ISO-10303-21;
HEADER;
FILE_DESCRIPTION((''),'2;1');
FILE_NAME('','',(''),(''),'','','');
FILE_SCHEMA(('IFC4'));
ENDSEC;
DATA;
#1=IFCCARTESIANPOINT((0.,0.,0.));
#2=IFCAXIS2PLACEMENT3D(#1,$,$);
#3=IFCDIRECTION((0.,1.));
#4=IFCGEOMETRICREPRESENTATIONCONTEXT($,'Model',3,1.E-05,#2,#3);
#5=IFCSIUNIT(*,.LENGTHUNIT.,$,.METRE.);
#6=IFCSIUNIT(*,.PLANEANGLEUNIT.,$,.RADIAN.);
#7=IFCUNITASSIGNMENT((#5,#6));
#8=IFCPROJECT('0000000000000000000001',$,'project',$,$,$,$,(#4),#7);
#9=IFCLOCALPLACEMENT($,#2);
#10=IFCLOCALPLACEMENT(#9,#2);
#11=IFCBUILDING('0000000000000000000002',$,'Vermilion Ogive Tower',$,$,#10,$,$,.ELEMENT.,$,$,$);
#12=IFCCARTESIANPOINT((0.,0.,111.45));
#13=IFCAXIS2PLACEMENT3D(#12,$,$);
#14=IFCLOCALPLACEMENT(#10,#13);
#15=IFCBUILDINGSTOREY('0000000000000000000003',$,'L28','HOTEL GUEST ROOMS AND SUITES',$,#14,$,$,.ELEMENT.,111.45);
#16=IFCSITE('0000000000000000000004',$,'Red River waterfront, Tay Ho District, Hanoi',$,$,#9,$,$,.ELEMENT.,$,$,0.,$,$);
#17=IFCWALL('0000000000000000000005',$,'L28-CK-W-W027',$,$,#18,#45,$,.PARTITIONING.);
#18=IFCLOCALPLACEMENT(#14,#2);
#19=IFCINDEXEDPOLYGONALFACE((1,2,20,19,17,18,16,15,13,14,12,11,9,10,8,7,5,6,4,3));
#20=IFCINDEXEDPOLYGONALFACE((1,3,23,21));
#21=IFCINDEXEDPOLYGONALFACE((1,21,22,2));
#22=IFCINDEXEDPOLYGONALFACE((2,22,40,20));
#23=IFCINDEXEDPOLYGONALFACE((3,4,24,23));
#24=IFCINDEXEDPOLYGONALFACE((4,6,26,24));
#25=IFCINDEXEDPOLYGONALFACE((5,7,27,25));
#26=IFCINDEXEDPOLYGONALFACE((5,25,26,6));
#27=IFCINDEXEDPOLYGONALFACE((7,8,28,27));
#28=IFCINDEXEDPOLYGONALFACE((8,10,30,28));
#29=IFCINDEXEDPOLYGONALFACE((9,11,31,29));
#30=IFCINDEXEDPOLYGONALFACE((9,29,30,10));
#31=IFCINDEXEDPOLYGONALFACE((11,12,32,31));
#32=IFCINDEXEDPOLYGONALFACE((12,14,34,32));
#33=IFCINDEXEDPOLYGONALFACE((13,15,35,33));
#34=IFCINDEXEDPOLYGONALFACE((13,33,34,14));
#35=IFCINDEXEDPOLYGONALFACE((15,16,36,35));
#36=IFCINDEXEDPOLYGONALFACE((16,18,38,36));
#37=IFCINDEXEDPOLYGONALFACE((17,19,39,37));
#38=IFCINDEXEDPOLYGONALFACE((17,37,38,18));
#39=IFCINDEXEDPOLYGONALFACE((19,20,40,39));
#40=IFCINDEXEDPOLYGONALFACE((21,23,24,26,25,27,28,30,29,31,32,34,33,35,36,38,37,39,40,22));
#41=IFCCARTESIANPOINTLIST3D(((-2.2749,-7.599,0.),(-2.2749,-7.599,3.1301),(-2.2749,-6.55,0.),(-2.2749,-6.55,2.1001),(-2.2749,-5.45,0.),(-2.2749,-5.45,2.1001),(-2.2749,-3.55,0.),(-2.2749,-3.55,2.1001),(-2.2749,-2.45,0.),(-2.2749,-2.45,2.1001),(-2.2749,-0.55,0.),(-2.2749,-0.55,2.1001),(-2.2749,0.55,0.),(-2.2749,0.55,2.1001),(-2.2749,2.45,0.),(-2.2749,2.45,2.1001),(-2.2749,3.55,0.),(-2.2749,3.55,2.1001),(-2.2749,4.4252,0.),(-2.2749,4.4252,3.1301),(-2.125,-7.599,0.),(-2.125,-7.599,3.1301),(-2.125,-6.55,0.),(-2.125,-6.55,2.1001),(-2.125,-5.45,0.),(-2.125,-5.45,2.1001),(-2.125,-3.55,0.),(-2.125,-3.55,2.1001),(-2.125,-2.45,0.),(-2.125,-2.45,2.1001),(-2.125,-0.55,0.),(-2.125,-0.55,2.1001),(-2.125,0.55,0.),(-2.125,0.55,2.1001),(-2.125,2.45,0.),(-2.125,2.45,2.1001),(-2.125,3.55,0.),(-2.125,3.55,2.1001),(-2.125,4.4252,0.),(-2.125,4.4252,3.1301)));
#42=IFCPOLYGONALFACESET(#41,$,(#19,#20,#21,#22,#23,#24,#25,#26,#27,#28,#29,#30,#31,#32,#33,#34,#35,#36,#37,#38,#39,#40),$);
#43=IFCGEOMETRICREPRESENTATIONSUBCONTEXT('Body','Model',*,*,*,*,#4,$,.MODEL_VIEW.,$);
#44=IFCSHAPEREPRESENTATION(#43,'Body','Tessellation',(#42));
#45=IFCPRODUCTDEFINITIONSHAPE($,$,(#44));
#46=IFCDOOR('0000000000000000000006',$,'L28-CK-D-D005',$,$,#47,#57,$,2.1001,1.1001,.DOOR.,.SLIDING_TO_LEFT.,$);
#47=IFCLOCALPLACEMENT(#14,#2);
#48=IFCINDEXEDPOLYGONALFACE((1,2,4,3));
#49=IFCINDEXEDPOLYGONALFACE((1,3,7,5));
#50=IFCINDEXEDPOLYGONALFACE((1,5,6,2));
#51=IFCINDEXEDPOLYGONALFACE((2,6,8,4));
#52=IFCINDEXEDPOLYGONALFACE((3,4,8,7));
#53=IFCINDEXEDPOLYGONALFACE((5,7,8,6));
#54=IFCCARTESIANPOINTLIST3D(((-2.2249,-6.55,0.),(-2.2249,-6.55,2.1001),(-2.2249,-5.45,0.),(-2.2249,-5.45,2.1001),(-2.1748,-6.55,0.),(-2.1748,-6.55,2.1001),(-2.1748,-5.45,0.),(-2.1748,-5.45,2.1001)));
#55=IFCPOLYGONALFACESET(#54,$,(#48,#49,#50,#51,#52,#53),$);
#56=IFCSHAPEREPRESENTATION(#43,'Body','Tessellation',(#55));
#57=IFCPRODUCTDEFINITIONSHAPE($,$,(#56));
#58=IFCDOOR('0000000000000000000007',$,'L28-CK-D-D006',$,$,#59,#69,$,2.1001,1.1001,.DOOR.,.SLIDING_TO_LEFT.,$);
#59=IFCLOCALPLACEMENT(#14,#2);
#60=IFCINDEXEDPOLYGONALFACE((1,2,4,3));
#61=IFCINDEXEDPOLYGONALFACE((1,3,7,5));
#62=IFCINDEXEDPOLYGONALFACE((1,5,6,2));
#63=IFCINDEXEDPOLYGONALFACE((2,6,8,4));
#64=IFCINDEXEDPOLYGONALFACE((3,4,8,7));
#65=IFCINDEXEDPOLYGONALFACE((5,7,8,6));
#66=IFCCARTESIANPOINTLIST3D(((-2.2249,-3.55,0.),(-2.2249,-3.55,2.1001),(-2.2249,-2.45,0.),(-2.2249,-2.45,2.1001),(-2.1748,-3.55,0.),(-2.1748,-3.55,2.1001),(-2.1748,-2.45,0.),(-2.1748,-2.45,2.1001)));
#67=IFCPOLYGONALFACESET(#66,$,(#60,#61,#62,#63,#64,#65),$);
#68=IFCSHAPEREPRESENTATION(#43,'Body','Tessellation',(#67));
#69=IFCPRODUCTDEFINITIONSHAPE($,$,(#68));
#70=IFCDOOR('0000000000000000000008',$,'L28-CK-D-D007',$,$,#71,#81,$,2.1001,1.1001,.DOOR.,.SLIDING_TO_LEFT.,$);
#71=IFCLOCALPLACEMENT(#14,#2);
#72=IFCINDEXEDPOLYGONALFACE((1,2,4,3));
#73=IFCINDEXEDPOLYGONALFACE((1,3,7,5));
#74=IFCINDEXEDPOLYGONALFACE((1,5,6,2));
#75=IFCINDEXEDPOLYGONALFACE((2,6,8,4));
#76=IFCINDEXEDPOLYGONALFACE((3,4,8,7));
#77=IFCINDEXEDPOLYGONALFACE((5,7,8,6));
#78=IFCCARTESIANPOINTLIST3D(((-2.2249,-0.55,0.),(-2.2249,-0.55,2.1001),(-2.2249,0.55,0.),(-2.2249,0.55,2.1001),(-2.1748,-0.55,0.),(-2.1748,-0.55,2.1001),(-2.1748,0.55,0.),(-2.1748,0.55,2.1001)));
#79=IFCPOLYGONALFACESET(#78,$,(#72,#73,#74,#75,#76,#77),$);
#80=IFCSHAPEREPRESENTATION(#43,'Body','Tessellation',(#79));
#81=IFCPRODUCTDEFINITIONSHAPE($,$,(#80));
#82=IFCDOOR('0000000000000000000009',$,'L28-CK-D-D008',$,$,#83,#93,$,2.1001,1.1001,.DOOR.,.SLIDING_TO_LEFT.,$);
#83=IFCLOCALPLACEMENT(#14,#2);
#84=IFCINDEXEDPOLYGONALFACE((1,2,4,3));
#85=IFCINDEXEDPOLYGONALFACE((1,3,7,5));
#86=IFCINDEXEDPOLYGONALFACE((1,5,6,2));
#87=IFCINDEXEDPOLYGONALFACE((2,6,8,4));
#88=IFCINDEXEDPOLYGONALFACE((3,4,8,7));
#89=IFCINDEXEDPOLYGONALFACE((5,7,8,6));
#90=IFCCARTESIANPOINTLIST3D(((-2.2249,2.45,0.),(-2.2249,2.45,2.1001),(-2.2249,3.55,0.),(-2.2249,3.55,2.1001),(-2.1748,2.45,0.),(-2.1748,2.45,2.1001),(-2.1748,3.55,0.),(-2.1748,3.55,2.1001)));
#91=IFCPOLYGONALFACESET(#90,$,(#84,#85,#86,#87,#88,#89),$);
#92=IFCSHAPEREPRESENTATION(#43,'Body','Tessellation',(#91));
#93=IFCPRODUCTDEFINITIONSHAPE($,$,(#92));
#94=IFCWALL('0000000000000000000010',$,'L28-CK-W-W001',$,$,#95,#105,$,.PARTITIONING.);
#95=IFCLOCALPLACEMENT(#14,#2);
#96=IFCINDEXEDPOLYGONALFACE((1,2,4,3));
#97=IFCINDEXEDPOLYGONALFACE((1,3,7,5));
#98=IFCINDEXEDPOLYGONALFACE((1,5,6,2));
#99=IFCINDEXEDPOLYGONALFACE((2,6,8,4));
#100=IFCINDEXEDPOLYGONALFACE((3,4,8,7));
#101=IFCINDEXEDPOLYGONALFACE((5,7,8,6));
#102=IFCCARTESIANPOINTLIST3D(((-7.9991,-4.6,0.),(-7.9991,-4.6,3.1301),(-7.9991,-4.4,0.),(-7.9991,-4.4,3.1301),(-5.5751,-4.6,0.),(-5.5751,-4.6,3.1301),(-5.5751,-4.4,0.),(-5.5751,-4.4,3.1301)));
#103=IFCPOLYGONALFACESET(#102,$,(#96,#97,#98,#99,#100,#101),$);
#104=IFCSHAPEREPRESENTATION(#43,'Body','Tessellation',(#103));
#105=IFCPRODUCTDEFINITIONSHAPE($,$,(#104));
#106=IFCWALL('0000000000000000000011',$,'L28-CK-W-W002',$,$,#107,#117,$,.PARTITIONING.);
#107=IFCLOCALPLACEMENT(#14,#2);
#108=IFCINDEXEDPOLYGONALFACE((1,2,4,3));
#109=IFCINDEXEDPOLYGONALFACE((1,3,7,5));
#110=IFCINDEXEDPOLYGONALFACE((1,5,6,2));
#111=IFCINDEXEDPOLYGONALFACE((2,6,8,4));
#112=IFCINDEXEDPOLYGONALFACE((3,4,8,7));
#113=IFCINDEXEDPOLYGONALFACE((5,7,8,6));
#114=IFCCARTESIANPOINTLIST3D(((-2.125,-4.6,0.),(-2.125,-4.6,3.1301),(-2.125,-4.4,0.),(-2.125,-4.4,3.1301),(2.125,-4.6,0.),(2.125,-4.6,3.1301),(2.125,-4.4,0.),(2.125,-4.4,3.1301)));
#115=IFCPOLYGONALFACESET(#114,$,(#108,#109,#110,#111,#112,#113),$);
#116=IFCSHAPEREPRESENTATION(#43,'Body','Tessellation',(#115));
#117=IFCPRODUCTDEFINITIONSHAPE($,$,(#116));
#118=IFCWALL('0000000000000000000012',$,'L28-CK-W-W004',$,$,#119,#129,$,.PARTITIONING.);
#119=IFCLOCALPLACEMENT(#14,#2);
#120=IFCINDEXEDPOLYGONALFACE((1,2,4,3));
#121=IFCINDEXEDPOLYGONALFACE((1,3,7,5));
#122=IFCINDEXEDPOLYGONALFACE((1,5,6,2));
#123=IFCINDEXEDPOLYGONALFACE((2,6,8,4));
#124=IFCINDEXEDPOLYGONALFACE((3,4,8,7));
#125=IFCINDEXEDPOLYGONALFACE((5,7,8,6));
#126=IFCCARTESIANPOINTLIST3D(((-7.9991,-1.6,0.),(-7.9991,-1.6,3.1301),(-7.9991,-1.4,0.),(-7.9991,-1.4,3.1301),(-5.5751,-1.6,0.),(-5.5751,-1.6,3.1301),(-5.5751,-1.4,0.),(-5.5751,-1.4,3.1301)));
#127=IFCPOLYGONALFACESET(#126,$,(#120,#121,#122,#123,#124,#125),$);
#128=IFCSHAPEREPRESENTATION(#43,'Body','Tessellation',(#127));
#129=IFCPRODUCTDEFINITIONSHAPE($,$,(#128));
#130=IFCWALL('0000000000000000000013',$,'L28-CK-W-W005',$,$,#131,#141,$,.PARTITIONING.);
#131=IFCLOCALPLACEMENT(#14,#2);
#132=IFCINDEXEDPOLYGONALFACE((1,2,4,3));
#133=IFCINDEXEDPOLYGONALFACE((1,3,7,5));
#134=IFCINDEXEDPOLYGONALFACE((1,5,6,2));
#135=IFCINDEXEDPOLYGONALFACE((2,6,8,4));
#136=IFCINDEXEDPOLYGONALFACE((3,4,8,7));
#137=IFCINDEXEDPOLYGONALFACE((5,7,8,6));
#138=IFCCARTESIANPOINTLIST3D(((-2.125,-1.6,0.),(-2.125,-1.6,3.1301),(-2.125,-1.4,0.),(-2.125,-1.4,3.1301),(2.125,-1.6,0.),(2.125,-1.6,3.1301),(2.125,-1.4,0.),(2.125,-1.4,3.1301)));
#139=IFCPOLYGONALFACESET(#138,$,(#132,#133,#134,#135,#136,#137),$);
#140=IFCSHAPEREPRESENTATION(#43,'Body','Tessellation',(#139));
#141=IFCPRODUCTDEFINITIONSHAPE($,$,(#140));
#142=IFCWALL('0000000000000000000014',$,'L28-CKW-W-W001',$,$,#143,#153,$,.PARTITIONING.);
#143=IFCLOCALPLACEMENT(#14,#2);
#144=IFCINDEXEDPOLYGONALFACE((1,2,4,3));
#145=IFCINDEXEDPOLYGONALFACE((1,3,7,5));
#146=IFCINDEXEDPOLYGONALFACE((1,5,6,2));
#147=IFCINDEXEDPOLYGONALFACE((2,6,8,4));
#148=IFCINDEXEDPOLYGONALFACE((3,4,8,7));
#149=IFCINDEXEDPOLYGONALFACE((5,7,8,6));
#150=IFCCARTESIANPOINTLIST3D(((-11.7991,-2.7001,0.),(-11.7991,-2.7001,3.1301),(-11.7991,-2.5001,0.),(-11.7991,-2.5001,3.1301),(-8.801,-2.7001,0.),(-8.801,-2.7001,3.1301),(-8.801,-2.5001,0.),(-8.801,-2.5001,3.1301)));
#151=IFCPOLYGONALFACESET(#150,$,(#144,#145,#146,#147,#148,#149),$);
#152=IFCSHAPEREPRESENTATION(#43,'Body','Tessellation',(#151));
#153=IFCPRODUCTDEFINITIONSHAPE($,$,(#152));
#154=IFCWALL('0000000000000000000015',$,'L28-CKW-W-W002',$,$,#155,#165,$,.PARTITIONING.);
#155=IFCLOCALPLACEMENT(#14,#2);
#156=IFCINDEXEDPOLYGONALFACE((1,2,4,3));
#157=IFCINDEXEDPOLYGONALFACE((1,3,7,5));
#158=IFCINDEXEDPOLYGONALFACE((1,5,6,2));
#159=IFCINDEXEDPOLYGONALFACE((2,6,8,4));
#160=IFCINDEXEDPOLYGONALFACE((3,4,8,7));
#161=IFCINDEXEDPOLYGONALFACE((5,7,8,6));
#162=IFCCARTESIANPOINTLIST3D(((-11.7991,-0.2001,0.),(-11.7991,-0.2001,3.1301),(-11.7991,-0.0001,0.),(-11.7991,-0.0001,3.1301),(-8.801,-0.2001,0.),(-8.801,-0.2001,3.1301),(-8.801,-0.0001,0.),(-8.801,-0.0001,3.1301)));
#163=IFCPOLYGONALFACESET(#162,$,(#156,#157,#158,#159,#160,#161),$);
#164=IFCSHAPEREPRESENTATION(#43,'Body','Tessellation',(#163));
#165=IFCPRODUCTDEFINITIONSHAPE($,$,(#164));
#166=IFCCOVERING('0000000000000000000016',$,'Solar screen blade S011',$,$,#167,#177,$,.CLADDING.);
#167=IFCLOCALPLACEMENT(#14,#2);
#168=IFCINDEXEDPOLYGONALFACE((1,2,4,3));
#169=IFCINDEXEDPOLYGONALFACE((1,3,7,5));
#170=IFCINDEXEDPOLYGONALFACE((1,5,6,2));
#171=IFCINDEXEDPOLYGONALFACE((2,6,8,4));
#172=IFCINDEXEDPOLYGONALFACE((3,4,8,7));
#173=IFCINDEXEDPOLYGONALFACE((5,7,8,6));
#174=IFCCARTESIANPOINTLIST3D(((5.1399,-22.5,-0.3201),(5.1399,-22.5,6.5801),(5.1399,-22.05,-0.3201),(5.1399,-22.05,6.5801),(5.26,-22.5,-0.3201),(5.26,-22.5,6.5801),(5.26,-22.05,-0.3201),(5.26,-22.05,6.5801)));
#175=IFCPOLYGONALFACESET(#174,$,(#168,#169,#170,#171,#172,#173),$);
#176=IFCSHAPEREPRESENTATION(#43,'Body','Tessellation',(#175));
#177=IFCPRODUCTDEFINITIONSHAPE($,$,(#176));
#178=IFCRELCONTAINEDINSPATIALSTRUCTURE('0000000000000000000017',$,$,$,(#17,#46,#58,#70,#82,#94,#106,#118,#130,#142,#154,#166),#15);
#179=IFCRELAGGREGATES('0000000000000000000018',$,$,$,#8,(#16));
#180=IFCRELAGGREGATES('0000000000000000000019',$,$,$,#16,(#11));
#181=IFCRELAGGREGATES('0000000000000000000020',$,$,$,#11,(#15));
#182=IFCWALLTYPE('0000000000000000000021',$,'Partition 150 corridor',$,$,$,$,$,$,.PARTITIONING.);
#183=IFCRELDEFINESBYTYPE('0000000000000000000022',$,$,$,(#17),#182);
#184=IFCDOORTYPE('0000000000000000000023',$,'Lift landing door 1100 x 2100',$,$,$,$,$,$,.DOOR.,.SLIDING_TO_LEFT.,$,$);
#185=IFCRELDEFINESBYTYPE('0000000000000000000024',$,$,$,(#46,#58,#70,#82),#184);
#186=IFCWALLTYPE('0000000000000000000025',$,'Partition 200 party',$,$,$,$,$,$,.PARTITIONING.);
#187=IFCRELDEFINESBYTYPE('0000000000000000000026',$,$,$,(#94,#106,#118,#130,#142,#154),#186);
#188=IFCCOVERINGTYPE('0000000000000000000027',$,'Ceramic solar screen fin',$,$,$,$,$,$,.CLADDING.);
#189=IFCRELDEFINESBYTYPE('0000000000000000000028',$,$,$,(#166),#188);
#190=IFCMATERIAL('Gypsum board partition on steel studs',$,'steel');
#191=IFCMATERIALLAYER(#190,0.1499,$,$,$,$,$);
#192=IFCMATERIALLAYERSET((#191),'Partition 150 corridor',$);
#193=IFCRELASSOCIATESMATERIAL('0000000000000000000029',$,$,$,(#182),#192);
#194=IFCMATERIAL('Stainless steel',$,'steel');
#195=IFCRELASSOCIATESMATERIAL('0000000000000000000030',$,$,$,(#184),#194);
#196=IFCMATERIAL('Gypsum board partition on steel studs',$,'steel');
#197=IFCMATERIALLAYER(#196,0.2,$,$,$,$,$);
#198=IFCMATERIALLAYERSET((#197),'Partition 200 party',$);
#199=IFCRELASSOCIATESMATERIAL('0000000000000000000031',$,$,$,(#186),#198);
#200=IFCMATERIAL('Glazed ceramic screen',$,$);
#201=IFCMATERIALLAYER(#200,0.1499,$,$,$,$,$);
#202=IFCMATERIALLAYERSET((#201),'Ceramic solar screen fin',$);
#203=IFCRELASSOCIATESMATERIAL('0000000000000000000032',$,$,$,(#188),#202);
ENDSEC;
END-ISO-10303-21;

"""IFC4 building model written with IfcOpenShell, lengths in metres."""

from ifc_helpers import new_model, si_unit, direction, frame, frame_2d, origin, place, context, subcontext, project, spatial, polyline, rectangle, outline, extrude, material, layer, layer_set, type_object, element, fill, save


model = new_model("IFC4")

# Units and contexts
model_context = context("Model", 3, precision=1e-05, world=origin(), true_north=direction((0.0, 1.0)))
body_context = subcontext(model_context, "Body", "Model", "MODEL_VIEW")
ifc_project = project(units=[si_unit("LENGTHUNIT", "METRE"), si_unit("PLANEANGLEUNIT", "RADIAN")], contexts=[model_context])

# Site, building, storey
site_placement = place(None, origin())
site = spatial("IfcSite", under=ifc_project, at=site_placement, Name="Red River waterfront, Tay Ho District, Hanoi", CompositionType="ELEMENT", RefElevation=0.0)
building_placement = place(site_placement, origin())
building = spatial("IfcBuilding", under=site, at=building_placement, Name="Vermilion Ogive Tower", CompositionType="ELEMENT")
storey_placement = place(building_placement, frame((0.0, 0.0, 111.45)))
storey = spatial("IfcBuildingStorey", under=building, at=storey_placement, Name="L28", Description="HOTEL GUEST ROOMS AND SUITES", CompositionType="ELEMENT", Elevation=111.45)

# Wall, openings, doors
ifc_material_1 = material(Name="Gypsum board partition on steel studs", Category="steel")
ifc_layer_1 = layer(ifc_material_1, 0.1499)
ifc_layer_set_1 = layer_set([ifc_layer_1], Name="Partition 150 corridor")
wall_type_1 = type_object("IfcWallType", Name="Partition 150 corridor", PredefinedType="PARTITIONING", material=ifc_layer_set_1)
wall_1_placement = place(storey_placement, frame((-2.2, -7.5991, 0.0), z_axis=(0.0, 0.0, 1.0), x_axis=(0.0, 1.0, 0.0)))
wall_1 = element("IfcWall", 1, at=wall_1_placement, inside=storey, type_object=wall_type_1, Name="L28-CK-W-W027", PredefinedType="PARTITIONING", context=body_context, shape_type="SweptSolid", body=[
    extrude(rectangle(XDim=12.0242, YDim=0.1499, at=frame_2d((6.0122, 0.0))), origin(), (0.0, 0.0, 1.0), 3.1301),
])
opening_1_placement = place(wall_1_placement, frame((1.0491, 0.0, 0.0)))
opening_1 = element("IfcOpeningElement", 2, at=opening_1_placement, cuts=wall_1, PredefinedType="OPENING", context=body_context, shape_type="SweptSolid", body=[
    extrude(rectangle(XDim=1.1001, YDim=2.1001, at=frame_2d((0.55, 1.05))), frame((0.0, 0.085, 0.0), z_axis=(0.0, -1.0, 0.0), x_axis=(1.0, 0.0, 0.0)), (0.0, 0.0, 1.0), 0.1699),
])
opening_2_placement = place(wall_1_placement, frame((4.0491, 0.0, 0.0)))
opening_2 = element("IfcOpeningElement", 3, at=opening_2_placement, cuts=wall_1, PredefinedType="OPENING", context=body_context, shape_type="SweptSolid", body=[
    extrude(rectangle(XDim=1.1001, YDim=2.1001, at=frame_2d((0.55, 1.05))), frame((0.0, 0.085, 0.0), z_axis=(0.0, -1.0, 0.0), x_axis=(1.0, 0.0, 0.0)), (0.0, 0.0, 1.0), 0.1699),
])
opening_3_placement = place(wall_1_placement, frame((7.0491, 0.0, 0.0)))
opening_3 = element("IfcOpeningElement", 4, at=opening_3_placement, cuts=wall_1, PredefinedType="OPENING", context=body_context, shape_type="SweptSolid", body=[
    extrude(rectangle(XDim=1.1001, YDim=2.1001, at=frame_2d((0.55, 1.05))), frame((0.0, 0.085, 0.0), z_axis=(0.0, -1.0, 0.0), x_axis=(1.0, 0.0, 0.0)), (0.0, 0.0, 1.0), 0.1699),
])
opening_4_placement = place(wall_1_placement, frame((10.0491, 0.0, 0.0)))
opening_4 = element("IfcOpeningElement", 5, at=opening_4_placement, cuts=wall_1, PredefinedType="OPENING", context=body_context, shape_type="SweptSolid", body=[
    extrude(rectangle(XDim=1.1001, YDim=2.1001, at=frame_2d((0.55, 1.05))), frame((0.0, 0.085, 0.0), z_axis=(0.0, -1.0, 0.0), x_axis=(1.0, 0.0, 0.0)), (0.0, 0.0, 1.0), 0.1699),
])
ifc_material_2 = material(Name="Stainless steel", Category="steel")
door_type = type_object("IfcDoorType", Name="Lift landing door 1100 x 2100", OperationType="SLIDING_TO_LEFT", PredefinedType="DOOR", material=ifc_material_2)
door_1_placement = place(opening_1_placement, origin())
door_1 = element("IfcDoor", 6, at=door_1_placement, inside=storey, type_object=door_type, Name="L28-CK-D-D005", OperationType="SLIDING_TO_LEFT", OverallHeight=2.1001, OverallWidth=1.1001, PredefinedType="DOOR", context=body_context, shape_type="SweptSolid", body=[
    extrude(rectangle(XDim=1.1001, YDim=2.1001, at=frame_2d((0.55, 1.05))), frame((0.0, 0.0249, 0.0), z_axis=(0.0, -1.0, 0.0), x_axis=(1.0, 0.0, 0.0)), (0.0, 0.0, 1.0), 0.05),
])
fill(opening_1, door_1)
door_2_placement = place(opening_2_placement, origin())
door_2 = element("IfcDoor", 7, at=door_2_placement, inside=storey, type_object=door_type, Name="L28-CK-D-D006", OperationType="SLIDING_TO_LEFT", OverallHeight=2.1001, OverallWidth=1.1001, PredefinedType="DOOR", context=body_context, shape_type="SweptSolid", body=[
    extrude(rectangle(XDim=1.1001, YDim=2.1001, at=frame_2d((0.55, 1.05))), frame((0.0, 0.0249, 0.0), z_axis=(0.0, -1.0, 0.0), x_axis=(1.0, 0.0, 0.0)), (0.0, 0.0, 1.0), 0.05),
])
fill(opening_2, door_2)
door_3_placement = place(opening_3_placement, origin())
door_3 = element("IfcDoor", 8, at=door_3_placement, inside=storey, type_object=door_type, Name="L28-CK-D-D007", OperationType="SLIDING_TO_LEFT", OverallHeight=2.1001, OverallWidth=1.1001, PredefinedType="DOOR", context=body_context, shape_type="SweptSolid", body=[
    extrude(rectangle(XDim=1.1001, YDim=2.1001, at=frame_2d((0.55, 1.05))), frame((0.0, 0.0249, 0.0), z_axis=(0.0, -1.0, 0.0), x_axis=(1.0, 0.0, 0.0)), (0.0, 0.0, 1.0), 0.05),
])
fill(opening_3, door_3)
door_4_placement = place(opening_4_placement, origin())
door_4 = element("IfcDoor", 9, at=door_4_placement, inside=storey, type_object=door_type, Name="L28-CK-D-D008", OperationType="SLIDING_TO_LEFT", OverallHeight=2.1001, OverallWidth=1.1001, PredefinedType="DOOR", context=body_context, shape_type="SweptSolid", body=[
    extrude(rectangle(XDim=1.1001, YDim=2.1001, at=frame_2d((0.55, 1.05))), frame((0.0, 0.0249, 0.0), z_axis=(0.0, -1.0, 0.0), x_axis=(1.0, 0.0, 0.0)), (0.0, 0.0, 1.0), 0.05),
])
fill(opening_4, door_4)

# Walls
ifc_material_3 = material(Name="Gypsum board partition on steel studs", Category="steel")
ifc_layer_2 = layer(ifc_material_3, 0.2)
ifc_layer_set_2 = layer_set([ifc_layer_2], Name="Partition 200 party")
wall_type_2 = type_object("IfcWallType", Name="Partition 200 party", PredefinedType="PARTITIONING", material=ifc_layer_set_2)
wall_2_placement = place(storey_placement, frame((-7.999, -4.5, 0.0), z_axis=(0.0, 0.0, 1.0), x_axis=(1.0, 0.0, 0.0)))
element("IfcWall", 10, at=wall_2_placement, inside=storey, type_object=wall_type_2, Name="L28-CK-W-W001", PredefinedType="PARTITIONING", context=body_context, shape_type="SweptSolid", body=[
    extrude(rectangle(XDim=2.4241, YDim=0.2, at=frame_2d((1.2119, 0.0))), origin(), (0.0, 0.0, 1.0), 3.1301),
])
wall_3_placement = place(storey_placement, frame((-2.125, -4.5, 0.0), z_axis=(0.0, 0.0, 1.0), x_axis=(1.0, 0.0, 0.0)))
element("IfcWall", 11, at=wall_3_placement, inside=storey, type_object=wall_type_2, Name="L28-CK-W-W002", PredefinedType="PARTITIONING", context=body_context, shape_type="SweptSolid", body=[
    extrude(rectangle(XDim=4.25, YDim=0.2, at=frame_2d((2.125, 0.0))), origin(), (0.0, 0.0, 1.0), 3.1301),
])
wall_4_placement = place(storey_placement, frame((-7.999, -1.5, 0.0), z_axis=(0.0, 0.0, 1.0), x_axis=(1.0, 0.0, 0.0)))
element("IfcWall", 12, at=wall_4_placement, inside=storey, type_object=wall_type_2, Name="L28-CK-W-W004", PredefinedType="PARTITIONING", context=body_context, shape_type="SweptSolid", body=[
    extrude(rectangle(XDim=2.4241, YDim=0.2, at=frame_2d((1.2119, 0.0))), origin(), (0.0, 0.0, 1.0), 3.1301),
])
wall_5_placement = place(storey_placement, frame((-2.125, -1.5, 0.0), z_axis=(0.0, 0.0, 1.0), x_axis=(1.0, 0.0, 0.0)))
element("IfcWall", 13, at=wall_5_placement, inside=storey, type_object=wall_type_2, Name="L28-CK-W-W005", PredefinedType="PARTITIONING", context=body_context, shape_type="SweptSolid", body=[
    extrude(rectangle(XDim=4.25, YDim=0.2, at=frame_2d((2.125, 0.0))), origin(), (0.0, 0.0, 1.0), 3.1301),
])
for number, where, z_axis, x_axis, name in (
    (14, (-11.7991, -2.6001, 0.0), (0.0, 0.0, 1.0), (1.0, 0.0, 0.0), "L28-CKW-W-W001"),
    (15, (-11.7991, -0.1001, 0.0), (0.0, 0.0, 1.0), (1.0, 0.0, 0.0), "L28-CKW-W-W002"),
):
    element("IfcWall", number, at=place(storey_placement, frame(where, z_axis=z_axis, x_axis=x_axis)), inside=storey, type_object=wall_type_2, Name=name, PredefinedType="PARTITIONING", context=body_context, shape_type="SweptSolid", body=[
        extrude(rectangle(XDim=2.998, YDim=0.2, at=frame_2d((1.499, 0.0))), origin(), (0.0, 0.0, 1.0), 3.1301),
    ])

# Covering
ifc_material_4 = material(Name="Glazed ceramic screen")
ifc_layer_3 = layer(ifc_material_4, 0.1499)
ifc_layer_set_3 = layer_set([ifc_layer_3], Name="Ceramic solar screen fin")
covering_type_1 = type_object("IfcCoveringType", Name="Ceramic solar screen fin", PredefinedType="CLADDING", material=ifc_layer_set_3)
covering_1_placement = place(storey_placement, frame((0.0, 0.0, -0.3201)))
element("IfcCovering", 16, at=covering_1_placement, inside=storey, type_object=covering_type_1, Name="Solar screen blade S011", PredefinedType="CLADDING", context=body_context, shape_type="SweptSolid", body=[
    extrude(outline(polyline([(5.1399, -22.5), (5.26, -22.5), (5.26, -22.05), (5.1399, -22.05), (5.1399, -22.5)])), origin(), (0.0, 0.0, 1.0), 6.9001),
])

save(model, "model.ifc")
